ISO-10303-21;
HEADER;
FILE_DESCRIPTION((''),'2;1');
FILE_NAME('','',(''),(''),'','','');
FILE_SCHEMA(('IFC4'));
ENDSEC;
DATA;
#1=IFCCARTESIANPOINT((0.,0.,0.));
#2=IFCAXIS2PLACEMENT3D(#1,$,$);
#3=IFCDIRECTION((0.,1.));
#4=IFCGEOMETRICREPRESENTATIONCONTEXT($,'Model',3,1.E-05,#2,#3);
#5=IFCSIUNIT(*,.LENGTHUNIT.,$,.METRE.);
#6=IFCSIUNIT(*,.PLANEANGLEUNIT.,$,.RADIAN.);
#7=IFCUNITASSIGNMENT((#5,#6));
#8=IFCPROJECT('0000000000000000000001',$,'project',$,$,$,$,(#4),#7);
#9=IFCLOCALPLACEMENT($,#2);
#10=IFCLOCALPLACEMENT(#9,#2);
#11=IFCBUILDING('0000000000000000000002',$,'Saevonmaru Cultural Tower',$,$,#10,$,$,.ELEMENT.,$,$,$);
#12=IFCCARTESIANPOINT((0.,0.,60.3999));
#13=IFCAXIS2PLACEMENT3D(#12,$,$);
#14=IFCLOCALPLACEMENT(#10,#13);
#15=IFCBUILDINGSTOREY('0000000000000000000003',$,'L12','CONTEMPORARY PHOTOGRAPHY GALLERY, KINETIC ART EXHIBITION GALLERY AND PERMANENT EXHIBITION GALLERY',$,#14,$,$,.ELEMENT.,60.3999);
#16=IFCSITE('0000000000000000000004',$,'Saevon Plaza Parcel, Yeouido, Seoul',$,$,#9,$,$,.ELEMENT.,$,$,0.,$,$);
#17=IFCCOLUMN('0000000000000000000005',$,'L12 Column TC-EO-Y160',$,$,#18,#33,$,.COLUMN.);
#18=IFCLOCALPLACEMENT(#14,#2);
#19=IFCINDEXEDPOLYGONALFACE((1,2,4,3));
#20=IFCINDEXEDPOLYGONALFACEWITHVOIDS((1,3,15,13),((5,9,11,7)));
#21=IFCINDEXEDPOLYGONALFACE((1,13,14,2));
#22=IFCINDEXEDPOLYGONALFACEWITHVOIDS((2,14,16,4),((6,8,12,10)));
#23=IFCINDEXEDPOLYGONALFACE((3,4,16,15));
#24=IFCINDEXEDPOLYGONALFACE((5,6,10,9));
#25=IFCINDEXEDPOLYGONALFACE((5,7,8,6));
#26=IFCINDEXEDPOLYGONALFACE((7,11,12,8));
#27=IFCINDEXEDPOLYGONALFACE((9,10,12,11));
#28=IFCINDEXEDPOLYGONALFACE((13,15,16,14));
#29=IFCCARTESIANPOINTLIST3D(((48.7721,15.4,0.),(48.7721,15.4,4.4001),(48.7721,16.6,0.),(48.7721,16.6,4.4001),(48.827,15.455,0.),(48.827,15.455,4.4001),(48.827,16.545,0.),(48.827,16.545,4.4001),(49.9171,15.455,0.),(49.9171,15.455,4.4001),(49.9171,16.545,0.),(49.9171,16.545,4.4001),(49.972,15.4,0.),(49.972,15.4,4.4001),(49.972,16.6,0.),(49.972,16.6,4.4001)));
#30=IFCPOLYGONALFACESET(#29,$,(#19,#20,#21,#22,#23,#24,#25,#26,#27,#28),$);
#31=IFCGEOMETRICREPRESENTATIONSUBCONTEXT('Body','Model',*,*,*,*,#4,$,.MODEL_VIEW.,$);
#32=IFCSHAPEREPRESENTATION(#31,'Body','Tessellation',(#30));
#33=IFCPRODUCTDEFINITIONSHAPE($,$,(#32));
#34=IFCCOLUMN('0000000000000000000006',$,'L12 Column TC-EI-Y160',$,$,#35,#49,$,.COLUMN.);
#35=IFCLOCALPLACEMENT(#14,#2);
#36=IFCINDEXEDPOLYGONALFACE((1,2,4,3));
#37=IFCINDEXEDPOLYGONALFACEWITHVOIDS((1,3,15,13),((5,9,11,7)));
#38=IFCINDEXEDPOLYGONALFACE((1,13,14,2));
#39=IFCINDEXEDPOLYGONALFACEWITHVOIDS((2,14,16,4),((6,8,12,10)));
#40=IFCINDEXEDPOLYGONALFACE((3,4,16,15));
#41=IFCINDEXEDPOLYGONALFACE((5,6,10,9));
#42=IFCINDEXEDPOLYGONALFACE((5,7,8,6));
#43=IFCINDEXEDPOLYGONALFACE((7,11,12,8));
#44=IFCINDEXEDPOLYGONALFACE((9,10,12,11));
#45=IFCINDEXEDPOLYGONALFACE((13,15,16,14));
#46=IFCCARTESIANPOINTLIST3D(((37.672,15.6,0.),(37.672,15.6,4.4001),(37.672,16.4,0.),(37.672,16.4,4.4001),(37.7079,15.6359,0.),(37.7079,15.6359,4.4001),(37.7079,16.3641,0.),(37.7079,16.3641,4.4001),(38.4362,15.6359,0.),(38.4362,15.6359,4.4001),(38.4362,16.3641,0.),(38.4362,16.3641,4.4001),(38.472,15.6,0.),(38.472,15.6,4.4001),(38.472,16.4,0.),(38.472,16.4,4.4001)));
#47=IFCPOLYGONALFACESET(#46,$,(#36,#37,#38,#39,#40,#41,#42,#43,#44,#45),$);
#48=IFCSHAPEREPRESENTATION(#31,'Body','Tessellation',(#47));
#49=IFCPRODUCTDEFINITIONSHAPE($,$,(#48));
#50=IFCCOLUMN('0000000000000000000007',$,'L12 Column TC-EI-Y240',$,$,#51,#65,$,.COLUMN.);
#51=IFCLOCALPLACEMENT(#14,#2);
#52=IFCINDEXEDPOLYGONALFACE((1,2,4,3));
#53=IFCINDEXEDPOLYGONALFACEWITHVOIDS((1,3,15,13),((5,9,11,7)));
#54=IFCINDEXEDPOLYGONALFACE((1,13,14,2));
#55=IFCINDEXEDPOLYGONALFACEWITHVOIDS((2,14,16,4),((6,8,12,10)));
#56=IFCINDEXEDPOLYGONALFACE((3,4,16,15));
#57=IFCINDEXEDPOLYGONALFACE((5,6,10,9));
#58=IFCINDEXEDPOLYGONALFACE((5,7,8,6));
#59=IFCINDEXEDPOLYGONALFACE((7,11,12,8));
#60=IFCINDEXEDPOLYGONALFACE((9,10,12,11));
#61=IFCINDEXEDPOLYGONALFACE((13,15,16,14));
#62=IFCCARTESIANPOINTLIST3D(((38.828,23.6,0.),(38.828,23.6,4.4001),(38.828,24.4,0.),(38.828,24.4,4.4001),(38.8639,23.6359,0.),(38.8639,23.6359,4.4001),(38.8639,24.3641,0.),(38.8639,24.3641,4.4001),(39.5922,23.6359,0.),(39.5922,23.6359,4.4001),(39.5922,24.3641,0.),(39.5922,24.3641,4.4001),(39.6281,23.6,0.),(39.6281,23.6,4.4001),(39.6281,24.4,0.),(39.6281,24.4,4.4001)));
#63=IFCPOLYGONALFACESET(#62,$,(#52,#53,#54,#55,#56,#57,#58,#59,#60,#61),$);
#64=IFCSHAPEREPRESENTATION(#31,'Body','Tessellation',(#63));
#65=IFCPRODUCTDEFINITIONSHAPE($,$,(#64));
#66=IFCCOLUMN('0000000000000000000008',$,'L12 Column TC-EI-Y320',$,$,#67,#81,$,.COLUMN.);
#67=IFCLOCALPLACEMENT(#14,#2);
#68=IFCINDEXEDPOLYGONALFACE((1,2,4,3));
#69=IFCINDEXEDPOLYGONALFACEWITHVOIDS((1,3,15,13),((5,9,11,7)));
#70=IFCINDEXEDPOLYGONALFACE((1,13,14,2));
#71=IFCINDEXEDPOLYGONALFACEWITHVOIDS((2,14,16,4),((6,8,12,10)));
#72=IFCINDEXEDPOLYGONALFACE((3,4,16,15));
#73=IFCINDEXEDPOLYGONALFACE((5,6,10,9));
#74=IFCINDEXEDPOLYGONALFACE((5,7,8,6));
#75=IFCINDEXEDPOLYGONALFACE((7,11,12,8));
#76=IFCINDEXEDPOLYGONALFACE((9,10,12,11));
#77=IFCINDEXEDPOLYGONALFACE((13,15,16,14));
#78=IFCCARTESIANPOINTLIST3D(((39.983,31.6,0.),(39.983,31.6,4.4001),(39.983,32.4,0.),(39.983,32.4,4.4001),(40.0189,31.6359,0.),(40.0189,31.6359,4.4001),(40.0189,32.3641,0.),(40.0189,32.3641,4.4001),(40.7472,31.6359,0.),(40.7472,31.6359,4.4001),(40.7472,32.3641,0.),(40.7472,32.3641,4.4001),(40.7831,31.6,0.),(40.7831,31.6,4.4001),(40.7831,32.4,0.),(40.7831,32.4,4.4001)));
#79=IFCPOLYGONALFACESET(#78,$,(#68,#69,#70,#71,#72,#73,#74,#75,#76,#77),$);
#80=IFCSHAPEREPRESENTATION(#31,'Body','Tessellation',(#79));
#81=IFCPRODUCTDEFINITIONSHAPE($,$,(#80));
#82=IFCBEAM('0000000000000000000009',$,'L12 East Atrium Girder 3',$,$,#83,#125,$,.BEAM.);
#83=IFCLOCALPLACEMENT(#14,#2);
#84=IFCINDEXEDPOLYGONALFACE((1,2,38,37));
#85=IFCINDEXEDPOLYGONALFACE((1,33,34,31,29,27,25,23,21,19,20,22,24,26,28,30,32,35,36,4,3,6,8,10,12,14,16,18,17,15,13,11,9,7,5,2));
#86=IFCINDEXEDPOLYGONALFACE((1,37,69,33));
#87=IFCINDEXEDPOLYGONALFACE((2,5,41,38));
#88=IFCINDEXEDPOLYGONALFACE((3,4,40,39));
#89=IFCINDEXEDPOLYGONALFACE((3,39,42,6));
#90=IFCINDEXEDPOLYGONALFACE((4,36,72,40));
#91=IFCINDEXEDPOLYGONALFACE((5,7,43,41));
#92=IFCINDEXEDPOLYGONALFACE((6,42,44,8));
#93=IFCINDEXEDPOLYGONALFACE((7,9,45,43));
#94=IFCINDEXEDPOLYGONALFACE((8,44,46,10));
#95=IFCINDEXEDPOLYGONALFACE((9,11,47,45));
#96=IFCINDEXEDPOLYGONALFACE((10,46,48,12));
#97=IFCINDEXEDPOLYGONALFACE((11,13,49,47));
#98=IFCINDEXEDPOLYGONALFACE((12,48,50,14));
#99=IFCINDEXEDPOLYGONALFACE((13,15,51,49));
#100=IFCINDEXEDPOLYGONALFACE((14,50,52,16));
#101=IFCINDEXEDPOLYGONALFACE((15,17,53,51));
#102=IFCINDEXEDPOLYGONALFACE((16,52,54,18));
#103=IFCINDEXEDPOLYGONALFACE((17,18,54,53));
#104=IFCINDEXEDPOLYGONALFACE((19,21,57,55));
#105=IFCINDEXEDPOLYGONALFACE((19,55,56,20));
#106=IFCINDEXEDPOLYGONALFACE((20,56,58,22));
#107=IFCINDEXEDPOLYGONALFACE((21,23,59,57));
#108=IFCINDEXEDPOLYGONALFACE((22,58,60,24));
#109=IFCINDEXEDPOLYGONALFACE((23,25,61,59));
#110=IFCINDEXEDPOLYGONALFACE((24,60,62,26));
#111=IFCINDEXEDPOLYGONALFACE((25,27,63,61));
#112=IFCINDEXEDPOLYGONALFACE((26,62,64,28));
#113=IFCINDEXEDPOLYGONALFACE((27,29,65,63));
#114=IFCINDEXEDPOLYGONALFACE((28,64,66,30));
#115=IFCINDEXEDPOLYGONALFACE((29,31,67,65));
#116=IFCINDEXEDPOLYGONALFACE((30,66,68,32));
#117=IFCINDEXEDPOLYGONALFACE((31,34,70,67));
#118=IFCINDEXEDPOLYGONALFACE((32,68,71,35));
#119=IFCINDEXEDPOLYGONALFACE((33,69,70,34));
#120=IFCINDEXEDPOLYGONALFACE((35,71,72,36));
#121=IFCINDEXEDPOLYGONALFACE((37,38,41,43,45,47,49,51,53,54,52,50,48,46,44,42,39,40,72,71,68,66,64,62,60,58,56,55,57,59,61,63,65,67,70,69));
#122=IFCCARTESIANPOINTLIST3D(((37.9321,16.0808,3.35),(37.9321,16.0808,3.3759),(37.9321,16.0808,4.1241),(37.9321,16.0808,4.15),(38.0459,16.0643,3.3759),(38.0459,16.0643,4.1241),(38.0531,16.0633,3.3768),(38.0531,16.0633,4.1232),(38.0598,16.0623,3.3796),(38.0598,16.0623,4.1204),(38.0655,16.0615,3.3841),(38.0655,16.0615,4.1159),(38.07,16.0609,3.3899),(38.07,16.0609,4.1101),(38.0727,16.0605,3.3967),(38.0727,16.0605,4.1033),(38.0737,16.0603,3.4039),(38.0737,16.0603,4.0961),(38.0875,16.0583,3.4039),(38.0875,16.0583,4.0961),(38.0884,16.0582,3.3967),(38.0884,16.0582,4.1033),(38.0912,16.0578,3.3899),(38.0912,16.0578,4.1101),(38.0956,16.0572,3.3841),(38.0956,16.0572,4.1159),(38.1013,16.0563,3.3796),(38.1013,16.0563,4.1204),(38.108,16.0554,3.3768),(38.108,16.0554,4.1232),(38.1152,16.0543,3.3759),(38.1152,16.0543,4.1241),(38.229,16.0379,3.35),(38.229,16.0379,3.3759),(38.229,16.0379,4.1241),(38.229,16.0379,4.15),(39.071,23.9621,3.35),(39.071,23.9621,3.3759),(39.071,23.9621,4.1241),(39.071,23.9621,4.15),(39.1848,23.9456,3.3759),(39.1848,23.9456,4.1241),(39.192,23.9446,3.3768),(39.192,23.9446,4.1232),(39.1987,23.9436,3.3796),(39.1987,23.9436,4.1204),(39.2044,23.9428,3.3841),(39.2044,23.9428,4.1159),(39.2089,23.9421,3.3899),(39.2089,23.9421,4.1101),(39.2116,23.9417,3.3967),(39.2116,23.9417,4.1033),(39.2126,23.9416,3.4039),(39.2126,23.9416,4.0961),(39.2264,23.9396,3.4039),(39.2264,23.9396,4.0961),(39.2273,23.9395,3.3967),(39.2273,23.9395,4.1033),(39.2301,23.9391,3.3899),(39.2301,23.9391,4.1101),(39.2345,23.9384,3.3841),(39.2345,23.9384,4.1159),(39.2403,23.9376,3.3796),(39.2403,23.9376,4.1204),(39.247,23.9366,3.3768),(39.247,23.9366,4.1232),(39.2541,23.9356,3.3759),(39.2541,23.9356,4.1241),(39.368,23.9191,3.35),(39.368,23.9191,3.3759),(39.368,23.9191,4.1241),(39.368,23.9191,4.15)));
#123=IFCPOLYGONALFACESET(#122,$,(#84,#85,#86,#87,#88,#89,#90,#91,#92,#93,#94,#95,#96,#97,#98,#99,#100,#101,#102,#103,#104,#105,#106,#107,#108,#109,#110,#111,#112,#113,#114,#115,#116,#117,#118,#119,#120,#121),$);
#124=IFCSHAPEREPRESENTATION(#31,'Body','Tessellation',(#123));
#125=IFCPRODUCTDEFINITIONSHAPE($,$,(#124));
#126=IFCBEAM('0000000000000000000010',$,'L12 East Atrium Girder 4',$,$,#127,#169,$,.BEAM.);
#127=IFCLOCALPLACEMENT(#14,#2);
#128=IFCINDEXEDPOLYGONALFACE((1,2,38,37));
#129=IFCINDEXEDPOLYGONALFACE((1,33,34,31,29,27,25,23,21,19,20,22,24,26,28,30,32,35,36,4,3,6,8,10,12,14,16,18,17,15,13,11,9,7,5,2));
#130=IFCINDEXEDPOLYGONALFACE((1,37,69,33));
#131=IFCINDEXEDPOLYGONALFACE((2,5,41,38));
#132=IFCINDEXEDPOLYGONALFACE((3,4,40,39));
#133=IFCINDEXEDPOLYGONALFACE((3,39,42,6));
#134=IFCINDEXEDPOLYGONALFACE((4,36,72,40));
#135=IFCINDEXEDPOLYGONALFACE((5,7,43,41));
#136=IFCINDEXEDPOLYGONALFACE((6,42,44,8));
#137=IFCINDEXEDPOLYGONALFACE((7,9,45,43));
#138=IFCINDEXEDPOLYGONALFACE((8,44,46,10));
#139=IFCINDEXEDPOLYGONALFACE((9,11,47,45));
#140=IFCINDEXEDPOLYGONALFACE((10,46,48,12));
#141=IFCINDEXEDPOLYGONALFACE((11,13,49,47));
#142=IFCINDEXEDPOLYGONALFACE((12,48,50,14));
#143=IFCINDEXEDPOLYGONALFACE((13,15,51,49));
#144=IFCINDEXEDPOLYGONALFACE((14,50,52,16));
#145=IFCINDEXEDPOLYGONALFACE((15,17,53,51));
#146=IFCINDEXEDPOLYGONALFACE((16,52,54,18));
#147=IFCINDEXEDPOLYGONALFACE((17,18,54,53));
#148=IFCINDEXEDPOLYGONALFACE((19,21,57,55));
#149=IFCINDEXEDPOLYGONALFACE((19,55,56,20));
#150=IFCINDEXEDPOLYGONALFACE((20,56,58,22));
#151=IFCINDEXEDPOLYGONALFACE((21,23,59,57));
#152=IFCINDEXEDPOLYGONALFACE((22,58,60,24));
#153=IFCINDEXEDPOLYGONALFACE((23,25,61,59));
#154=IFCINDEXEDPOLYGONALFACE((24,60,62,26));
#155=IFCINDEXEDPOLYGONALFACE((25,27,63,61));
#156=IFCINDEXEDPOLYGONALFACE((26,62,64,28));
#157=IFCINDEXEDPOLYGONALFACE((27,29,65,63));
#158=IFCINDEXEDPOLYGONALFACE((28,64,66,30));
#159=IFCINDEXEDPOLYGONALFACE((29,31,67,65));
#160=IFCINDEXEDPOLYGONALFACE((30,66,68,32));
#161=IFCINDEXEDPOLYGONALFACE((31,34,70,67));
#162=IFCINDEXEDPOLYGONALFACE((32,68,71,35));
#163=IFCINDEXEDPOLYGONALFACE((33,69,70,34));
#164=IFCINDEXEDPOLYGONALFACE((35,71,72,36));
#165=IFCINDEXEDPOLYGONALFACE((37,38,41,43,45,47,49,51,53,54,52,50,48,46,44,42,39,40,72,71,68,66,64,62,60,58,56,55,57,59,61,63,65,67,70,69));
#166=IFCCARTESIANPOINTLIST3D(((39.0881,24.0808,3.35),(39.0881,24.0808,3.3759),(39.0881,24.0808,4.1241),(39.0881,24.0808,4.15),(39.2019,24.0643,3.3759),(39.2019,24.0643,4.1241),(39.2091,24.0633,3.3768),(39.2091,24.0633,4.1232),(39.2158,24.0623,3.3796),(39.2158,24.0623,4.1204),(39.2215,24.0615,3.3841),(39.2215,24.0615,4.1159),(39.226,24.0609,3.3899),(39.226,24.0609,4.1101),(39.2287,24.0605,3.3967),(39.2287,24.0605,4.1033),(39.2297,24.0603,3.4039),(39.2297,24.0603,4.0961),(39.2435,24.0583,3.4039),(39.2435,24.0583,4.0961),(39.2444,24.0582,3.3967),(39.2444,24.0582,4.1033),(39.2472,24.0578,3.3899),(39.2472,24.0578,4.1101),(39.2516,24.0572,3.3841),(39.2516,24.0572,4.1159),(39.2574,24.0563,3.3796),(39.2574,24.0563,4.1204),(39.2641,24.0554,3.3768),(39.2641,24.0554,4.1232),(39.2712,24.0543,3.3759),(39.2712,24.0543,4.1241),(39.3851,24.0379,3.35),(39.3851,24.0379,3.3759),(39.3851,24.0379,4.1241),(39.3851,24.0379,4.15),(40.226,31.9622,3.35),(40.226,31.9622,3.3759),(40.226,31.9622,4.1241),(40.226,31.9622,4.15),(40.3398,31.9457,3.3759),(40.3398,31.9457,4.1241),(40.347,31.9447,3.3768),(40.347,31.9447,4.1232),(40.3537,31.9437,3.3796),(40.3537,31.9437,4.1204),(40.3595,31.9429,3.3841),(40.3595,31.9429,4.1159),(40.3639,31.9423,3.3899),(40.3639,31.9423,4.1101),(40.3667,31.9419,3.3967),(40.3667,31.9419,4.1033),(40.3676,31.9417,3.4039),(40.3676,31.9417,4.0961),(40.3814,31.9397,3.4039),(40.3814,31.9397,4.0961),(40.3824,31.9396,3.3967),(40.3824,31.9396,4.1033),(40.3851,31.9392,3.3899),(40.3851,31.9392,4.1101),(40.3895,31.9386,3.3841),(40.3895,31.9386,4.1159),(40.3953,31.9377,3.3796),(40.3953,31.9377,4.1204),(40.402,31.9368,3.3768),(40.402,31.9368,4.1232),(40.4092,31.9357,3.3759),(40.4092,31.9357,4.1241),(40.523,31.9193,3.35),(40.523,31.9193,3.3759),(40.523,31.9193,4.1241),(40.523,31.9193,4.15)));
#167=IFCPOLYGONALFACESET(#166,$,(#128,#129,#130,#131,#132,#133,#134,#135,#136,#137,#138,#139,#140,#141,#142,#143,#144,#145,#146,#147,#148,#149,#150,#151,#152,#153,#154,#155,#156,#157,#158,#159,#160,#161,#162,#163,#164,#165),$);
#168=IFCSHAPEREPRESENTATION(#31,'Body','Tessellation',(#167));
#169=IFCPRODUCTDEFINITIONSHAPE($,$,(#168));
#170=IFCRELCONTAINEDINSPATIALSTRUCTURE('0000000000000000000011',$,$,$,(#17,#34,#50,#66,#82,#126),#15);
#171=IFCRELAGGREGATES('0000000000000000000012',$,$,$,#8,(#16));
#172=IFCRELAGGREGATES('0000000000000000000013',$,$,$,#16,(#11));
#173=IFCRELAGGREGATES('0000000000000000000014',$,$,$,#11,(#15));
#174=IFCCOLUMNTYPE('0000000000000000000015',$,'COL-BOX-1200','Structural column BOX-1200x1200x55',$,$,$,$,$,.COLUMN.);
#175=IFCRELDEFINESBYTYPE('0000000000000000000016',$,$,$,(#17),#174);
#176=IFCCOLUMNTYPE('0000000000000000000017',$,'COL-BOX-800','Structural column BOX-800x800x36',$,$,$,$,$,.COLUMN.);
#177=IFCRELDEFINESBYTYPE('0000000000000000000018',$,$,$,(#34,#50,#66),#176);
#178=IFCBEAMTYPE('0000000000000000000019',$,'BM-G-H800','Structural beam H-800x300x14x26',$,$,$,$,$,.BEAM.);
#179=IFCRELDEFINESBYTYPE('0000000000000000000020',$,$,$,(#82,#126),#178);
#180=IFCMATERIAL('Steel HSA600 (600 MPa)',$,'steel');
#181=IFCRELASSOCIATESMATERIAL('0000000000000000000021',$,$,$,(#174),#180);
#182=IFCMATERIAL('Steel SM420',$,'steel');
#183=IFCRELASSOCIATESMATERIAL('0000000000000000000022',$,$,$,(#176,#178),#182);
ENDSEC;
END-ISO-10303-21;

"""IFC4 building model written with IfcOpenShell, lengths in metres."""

from ifc_helpers import new_model, si_unit, direction, frame, origin, origin_2d, place, context, subcontext, project, spatial, hollow_rectangle, i_section, extrude, material, material_profile, profile_set, type_object, element, save


model = new_model("IFC4")

# Units and contexts
model_context = context("Model", 3, precision=1e-05, world=origin(), true_north=direction((0.0, 1.0)))
body_context = subcontext(model_context, "Body", "Model", "MODEL_VIEW")
ifc_project = project(units=[si_unit("LENGTHUNIT", "METRE"), si_unit("PLANEANGLEUNIT", "RADIAN")], contexts=[model_context])

# Site, building, storey
site_placement = place(None, origin())
site = spatial("IfcSite", under=ifc_project, at=site_placement, Name="Saevon Plaza Parcel, Yeouido, Seoul", CompositionType="ELEMENT", RefElevation=0.0)
building_placement = place(site_placement, origin())
building = spatial("IfcBuilding", under=site, at=building_placement, Name="Saevonmaru Cultural Tower", CompositionType="ELEMENT")
storey_placement = place(building_placement, frame((0.0, 0.0, 60.3999)))
storey = spatial("IfcBuildingStorey", under=building, at=storey_placement, Name="L12", Description="CONTEMPORARY PHOTOGRAPHY GALLERY, KINETIC ART EXHIBITION GALLERY AND PERMANENT EXHIBITION GALLERY", CompositionType="ELEMENT", Elevation=60.3999)

# Columns
ifc_material_1 = material(Name="Steel HSA600 (600 MPa)", Category="steel")
ifc_material_profile_1 = material_profile(ifc_material_1, hollow_rectangle(XDim=1.2, YDim=1.2, WallThickness=0.0549, at=origin_2d()), Name="BOX-1200x1200x55")
ifc_profile_set_1 = profile_set([ifc_material_profile_1], Name="Steel HSA600 (600 MPa)")
column_type_1 = type_object("IfcColumnType", Name="COL-BOX-1200", Description="Structural column BOX-1200x1200x55", PredefinedType="COLUMN", material=ifc_profile_set_1)
column_placement = place(storey_placement, frame((49.3721, 16.0, 0.0), z_axis=(0.0, 0.0, 1.0), x_axis=(1.0, 0.0, 0.0)))
element("IfcColumn", 1, at=column_placement, inside=storey, type_object=column_type_1, Name="L12 Column TC-EO-Y160", PredefinedType="COLUMN", context=body_context, shape_type="SweptSolid", body=[
    extrude(hollow_rectangle(XDim=1.2, YDim=1.2, WallThickness=0.0549, at=origin_2d()), origin(), (0.0, 0.0, 1.0), 4.4001),
])
ifc_material_2 = material(Name="Steel SM420", Category="steel")
ifc_material_profile_2 = material_profile(ifc_material_2, hollow_rectangle(XDim=0.8, YDim=0.8, WallThickness=0.0359, at=origin_2d()), Name="BOX-800x800x36")
ifc_profile_set_2 = profile_set([ifc_material_profile_2], Name="Steel SM420")
column_type_2 = type_object("IfcColumnType", Name="COL-BOX-800", Description="Structural column BOX-800x800x36", PredefinedType="COLUMN", material=ifc_profile_set_2)
for number, where, z_axis, x_axis, name in (
    (2, (38.072, 16.0, 0.0), (0.0, 0.0, 1.0), (1.0, 0.0, 0.0), "L12 Column TC-EI-Y160"),
    (3, (39.228, 24.0, 0.0), (0.0, 0.0, 1.0), (1.0, 0.0, 0.0), "L12 Column TC-EI-Y240"),
    (4, (40.3831, 32.0, 0.0), (0.0, 0.0, 1.0), (1.0, 0.0, 0.0), "L12 Column TC-EI-Y320"),
):
    element("IfcColumn", number, at=place(storey_placement, frame(where, z_axis=z_axis, x_axis=x_axis)), inside=storey, type_object=column_type_2, Name=name, PredefinedType="COLUMN", context=body_context, shape_type="SweptSolid", body=[
        extrude(hollow_rectangle(XDim=0.8, YDim=0.8, WallThickness=0.0359, at=origin_2d()), origin(), (0.0, 0.0, 1.0), 4.4001),
    ])

# Beams
ifc_material_profile_3 = material_profile(ifc_material_2, i_section(OverallWidth=0.3, OverallDepth=0.8, WebThickness=0.0139, FlangeThickness=0.0259, FilletRadius=0.0281, at=origin_2d()), Name="H-800x300x14x26")
ifc_profile_set_3 = profile_set([ifc_material_profile_3], Name="Steel SM420")
beam_type_1 = type_object("IfcBeamType", Name="BM-G-H800", Description="Structural beam H-800x300x14x26", PredefinedType="BEAM", material=ifc_profile_set_3)
for number, where, z_axis, x_axis, name in (
    (5, (38.0806, 16.0593, 3.75), (0.143022, 0.989719, 0.0), (-0.989719, 0.143022, 0.0), "L12 East Atrium Girder 3"),
    (6, (39.2366, 24.0593, 3.75), (0.142902, 0.989737, 0.0), (-0.989737, 0.142902, 0.0), "L12 East Atrium Girder 4"),
):
    element("IfcBeam", number, at=place(storey_placement, frame(where, z_axis=z_axis, x_axis=x_axis)), inside=storey, type_object=beam_type_1, Name=name, PredefinedType="BEAM", context=body_context, shape_type="SweptSolid", body=[
        extrude(i_section(OverallWidth=0.3, OverallDepth=0.8, WebThickness=0.0139, FlangeThickness=0.0259, FilletRadius=0.0281, at=origin_2d()), origin(), (0.0, 0.0, 1.0), 7.9631),
    ])

save(model, "model.ifc")
